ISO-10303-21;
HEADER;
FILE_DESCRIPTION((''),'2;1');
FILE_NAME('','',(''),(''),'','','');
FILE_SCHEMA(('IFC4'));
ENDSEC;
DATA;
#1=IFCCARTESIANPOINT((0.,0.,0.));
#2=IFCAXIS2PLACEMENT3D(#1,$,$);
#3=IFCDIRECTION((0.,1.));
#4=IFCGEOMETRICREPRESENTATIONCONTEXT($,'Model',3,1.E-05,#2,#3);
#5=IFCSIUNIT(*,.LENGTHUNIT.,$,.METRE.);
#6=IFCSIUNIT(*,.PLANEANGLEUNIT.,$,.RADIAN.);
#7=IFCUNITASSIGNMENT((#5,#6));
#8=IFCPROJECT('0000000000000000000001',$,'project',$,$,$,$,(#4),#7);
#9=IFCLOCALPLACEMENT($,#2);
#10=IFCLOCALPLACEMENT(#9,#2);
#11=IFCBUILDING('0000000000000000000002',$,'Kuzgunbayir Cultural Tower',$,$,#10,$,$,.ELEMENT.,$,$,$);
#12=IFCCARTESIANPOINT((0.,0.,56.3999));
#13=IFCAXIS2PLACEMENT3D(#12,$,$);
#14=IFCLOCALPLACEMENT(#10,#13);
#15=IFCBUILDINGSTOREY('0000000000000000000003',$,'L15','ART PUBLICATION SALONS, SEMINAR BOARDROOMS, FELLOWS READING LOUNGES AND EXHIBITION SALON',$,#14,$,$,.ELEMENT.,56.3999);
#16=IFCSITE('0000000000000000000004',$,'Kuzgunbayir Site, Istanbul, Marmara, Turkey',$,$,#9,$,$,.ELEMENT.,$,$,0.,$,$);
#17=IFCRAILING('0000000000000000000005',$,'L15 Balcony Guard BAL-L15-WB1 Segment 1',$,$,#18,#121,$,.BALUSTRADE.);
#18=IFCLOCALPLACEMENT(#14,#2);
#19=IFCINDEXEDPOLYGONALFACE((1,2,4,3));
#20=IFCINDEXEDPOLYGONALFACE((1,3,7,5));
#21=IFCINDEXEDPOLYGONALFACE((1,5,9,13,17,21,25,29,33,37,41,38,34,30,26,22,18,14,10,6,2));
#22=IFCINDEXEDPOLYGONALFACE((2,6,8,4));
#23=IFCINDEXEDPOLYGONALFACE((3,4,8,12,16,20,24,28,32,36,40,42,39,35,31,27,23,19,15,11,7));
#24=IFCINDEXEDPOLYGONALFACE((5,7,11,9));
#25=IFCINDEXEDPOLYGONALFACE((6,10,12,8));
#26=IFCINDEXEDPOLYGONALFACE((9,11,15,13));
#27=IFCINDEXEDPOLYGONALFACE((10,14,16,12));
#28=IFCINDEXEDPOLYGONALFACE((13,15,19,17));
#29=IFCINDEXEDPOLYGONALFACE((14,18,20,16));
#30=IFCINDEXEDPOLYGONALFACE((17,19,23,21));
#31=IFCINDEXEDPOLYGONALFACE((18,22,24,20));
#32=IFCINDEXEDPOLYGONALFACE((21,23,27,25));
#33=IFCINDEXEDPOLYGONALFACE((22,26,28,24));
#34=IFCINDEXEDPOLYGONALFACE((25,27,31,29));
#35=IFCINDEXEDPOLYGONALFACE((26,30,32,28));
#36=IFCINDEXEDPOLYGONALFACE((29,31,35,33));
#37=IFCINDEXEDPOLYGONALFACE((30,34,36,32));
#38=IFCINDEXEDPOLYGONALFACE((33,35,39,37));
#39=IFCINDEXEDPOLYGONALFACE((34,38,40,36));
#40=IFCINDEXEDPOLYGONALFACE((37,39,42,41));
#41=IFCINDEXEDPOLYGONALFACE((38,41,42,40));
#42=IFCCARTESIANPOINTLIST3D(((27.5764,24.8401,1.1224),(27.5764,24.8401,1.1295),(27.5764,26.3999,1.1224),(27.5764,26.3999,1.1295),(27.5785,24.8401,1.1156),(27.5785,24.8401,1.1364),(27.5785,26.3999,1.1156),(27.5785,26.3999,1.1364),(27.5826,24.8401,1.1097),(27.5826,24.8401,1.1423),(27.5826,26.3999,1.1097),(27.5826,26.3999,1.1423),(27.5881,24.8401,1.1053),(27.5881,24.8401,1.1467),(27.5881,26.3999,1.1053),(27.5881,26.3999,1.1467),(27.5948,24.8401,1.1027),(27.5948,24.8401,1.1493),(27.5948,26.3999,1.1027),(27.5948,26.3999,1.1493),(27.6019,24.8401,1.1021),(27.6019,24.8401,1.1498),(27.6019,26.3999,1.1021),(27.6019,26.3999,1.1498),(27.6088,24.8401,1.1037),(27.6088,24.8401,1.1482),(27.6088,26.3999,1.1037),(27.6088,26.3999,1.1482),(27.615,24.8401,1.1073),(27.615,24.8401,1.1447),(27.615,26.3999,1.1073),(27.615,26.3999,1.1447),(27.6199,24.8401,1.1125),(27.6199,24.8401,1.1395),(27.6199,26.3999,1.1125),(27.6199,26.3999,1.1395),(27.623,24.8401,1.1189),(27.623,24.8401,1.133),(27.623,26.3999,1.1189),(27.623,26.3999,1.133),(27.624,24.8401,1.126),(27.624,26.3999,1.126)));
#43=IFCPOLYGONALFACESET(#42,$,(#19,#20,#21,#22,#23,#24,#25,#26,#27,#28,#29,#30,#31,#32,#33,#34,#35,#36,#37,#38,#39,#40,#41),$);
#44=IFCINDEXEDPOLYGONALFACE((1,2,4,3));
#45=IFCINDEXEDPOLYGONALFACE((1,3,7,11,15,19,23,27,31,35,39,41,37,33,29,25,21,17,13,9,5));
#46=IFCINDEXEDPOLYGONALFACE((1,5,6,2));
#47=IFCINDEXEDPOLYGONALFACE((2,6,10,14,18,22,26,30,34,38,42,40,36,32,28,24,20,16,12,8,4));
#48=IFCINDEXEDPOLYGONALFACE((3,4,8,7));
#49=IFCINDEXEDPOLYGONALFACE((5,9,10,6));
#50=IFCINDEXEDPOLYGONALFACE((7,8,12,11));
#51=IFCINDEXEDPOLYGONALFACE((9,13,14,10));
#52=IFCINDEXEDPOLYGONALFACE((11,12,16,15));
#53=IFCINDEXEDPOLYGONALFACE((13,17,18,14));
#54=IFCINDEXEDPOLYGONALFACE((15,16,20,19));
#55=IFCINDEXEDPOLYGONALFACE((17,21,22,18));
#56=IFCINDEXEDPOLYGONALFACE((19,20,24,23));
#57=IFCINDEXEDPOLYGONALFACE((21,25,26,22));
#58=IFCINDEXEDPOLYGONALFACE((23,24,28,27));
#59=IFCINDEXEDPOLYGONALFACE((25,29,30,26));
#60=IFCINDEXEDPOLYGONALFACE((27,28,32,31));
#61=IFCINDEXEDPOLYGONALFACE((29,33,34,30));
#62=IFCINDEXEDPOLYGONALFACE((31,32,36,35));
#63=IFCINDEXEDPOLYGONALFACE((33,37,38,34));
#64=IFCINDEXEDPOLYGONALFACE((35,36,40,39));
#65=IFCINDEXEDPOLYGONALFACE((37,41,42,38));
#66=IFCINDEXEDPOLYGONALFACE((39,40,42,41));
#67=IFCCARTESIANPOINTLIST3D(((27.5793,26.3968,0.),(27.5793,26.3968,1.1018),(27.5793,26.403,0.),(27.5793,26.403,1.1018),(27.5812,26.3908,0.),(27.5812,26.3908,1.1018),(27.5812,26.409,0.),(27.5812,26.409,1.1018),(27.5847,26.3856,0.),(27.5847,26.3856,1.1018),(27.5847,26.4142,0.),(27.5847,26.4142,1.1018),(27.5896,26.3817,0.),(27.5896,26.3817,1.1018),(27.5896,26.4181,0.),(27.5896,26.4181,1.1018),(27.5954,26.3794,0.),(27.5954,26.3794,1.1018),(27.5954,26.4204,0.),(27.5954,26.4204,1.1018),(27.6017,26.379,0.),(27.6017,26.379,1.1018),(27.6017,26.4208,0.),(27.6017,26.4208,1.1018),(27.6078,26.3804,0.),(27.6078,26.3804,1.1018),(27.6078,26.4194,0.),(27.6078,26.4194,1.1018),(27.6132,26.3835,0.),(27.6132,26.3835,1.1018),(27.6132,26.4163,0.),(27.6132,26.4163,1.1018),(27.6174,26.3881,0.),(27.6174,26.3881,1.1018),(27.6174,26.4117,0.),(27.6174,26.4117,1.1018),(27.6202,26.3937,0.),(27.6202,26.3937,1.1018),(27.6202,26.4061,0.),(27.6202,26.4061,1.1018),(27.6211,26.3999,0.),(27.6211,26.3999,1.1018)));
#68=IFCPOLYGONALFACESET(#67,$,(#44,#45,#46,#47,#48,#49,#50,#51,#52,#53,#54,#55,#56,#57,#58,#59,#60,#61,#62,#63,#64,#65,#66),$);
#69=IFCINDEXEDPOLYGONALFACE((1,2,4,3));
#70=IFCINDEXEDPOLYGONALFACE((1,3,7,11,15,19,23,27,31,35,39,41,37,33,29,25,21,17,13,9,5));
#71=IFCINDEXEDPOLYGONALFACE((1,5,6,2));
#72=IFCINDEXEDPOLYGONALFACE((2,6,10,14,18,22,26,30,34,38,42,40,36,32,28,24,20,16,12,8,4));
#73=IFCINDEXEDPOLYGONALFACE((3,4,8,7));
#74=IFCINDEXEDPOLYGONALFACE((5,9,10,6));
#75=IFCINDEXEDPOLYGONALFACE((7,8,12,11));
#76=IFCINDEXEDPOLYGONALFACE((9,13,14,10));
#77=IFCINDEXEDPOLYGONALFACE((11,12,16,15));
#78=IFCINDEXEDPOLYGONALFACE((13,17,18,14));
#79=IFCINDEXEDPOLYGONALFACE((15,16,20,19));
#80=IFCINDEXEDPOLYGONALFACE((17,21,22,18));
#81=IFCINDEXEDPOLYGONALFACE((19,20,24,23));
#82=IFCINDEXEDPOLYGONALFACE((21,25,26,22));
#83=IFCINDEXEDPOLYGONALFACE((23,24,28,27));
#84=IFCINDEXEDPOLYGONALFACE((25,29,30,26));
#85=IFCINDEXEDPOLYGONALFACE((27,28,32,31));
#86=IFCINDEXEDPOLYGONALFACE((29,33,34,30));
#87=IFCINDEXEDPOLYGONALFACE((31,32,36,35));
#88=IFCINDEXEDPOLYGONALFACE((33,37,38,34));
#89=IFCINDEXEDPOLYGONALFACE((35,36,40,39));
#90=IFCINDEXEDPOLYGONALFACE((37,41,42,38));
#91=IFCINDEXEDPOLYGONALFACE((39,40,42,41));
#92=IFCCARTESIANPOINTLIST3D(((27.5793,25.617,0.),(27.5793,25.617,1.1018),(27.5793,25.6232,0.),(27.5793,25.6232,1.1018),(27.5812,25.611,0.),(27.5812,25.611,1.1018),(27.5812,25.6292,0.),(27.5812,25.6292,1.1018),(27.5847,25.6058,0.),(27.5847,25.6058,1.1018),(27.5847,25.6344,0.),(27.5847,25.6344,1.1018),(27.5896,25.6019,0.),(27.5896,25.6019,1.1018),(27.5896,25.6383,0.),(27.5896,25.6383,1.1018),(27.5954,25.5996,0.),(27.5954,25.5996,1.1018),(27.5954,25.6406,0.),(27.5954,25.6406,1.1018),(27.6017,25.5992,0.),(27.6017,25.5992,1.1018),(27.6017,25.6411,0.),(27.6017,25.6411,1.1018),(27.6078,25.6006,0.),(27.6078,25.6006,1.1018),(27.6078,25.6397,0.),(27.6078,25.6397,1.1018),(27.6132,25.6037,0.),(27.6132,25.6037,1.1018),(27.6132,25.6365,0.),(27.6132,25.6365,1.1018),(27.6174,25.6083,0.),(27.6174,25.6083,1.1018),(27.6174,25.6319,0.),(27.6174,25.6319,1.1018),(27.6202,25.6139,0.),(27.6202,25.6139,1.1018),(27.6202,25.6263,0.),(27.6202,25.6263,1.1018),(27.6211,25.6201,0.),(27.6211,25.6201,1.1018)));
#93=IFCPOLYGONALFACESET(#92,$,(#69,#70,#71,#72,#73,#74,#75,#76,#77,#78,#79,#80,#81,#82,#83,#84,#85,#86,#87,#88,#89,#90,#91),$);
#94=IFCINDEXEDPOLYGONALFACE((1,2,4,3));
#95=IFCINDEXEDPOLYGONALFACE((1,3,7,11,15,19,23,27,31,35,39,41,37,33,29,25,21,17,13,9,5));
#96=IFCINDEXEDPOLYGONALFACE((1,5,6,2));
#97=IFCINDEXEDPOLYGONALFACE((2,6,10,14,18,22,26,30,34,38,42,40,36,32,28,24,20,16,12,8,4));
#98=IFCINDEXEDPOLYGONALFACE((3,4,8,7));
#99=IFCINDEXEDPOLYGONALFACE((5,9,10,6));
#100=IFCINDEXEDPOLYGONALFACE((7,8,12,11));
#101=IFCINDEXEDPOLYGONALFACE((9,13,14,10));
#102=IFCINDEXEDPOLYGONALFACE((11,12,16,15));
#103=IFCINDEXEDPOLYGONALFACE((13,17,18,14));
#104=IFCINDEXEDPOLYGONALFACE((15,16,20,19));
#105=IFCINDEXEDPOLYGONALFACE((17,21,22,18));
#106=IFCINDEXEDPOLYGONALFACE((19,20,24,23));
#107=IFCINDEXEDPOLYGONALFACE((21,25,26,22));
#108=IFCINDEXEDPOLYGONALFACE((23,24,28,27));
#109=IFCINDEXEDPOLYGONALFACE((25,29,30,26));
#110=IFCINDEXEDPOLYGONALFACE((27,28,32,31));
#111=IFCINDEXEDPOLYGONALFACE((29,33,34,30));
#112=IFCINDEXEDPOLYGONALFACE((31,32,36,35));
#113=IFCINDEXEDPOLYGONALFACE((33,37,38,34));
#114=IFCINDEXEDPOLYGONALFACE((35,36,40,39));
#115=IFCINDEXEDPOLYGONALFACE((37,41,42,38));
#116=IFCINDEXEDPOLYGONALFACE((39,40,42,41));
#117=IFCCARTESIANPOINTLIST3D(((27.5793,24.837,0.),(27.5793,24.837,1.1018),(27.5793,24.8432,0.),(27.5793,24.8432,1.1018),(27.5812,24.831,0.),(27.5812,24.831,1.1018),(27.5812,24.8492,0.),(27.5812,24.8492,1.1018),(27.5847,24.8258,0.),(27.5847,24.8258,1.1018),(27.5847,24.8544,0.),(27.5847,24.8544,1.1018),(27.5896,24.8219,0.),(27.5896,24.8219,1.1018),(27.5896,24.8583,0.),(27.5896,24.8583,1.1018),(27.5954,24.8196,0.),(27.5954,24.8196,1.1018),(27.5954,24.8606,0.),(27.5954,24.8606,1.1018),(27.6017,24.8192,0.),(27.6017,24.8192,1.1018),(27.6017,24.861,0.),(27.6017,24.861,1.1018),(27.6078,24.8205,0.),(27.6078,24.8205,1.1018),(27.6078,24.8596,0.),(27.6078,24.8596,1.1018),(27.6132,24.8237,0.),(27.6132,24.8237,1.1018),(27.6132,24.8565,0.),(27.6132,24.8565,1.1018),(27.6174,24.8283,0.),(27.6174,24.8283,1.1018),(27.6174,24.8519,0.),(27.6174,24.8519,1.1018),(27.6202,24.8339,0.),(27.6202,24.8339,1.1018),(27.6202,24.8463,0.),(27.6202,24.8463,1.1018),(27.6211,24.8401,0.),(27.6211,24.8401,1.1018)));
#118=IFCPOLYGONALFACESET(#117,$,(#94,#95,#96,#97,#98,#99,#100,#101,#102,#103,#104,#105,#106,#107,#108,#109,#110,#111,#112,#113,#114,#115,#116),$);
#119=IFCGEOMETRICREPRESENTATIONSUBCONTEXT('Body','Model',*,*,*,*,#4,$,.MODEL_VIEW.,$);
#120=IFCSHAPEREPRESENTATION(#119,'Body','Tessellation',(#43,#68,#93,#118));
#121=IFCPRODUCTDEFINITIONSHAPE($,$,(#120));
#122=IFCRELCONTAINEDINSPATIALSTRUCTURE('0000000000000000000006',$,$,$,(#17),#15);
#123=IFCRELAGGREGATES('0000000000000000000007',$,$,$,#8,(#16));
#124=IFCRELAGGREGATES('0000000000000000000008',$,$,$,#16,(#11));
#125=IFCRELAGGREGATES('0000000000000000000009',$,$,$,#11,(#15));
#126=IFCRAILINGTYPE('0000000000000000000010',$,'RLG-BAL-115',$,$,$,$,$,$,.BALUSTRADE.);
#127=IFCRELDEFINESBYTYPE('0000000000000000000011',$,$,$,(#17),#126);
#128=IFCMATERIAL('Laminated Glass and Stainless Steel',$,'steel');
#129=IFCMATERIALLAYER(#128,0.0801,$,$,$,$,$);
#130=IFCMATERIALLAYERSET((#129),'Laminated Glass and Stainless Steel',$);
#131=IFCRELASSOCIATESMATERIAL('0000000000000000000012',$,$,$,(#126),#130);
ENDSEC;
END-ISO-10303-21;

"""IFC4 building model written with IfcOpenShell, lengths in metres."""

from ifc_helpers import new_model, si_unit, direction, frame, origin, origin_2d, place, context, subcontext, project, spatial, circle, extrude, material, layer, layer_set, type_object, element, save


model = new_model("IFC4")

# Units and contexts
model_context = context("Model", 3, precision=1e-05, world=origin(), true_north=direction((0.0, 1.0)))
body_context = subcontext(model_context, "Body", "Model", "MODEL_VIEW")
ifc_project = project(units=[si_unit("LENGTHUNIT", "METRE"), si_unit("PLANEANGLEUNIT", "RADIAN")], contexts=[model_context])

# Site, building, storey
site_placement = place(None, origin())
site = spatial("IfcSite", under=ifc_project, at=site_placement, Name="Kuzgunbayir Site, Istanbul, Marmara, Turkey", CompositionType="ELEMENT", RefElevation=0.0)
building_placement = place(site_placement, origin())
building = spatial("IfcBuilding", under=site, at=building_placement, Name="Kuzgunbayir Cultural Tower", CompositionType="ELEMENT")
storey_placement = place(building_placement, frame((0.0, 0.0, 56.3999)))
storey = spatial("IfcBuildingStorey", under=building, at=storey_placement, Name="L15", Description="ART PUBLICATION SALONS, SEMINAR BOARDROOMS, FELLOWS READING LOUNGES AND EXHIBITION SALON", CompositionType="ELEMENT", Elevation=56.3999)

# Railing
ifc_material_1 = material(Name="Laminated Glass and Stainless Steel", Category="steel")
ifc_layer_1 = layer(ifc_material_1, 0.0801)
ifc_layer_set_1 = layer_set([ifc_layer_1], Name="Laminated Glass and Stainless Steel")
railing_type = type_object("IfcRailingType", Name="RLG-BAL-115", PredefinedType="BALUSTRADE", material=ifc_layer_set_1)
railing_1_placement = place(storey_placement, frame((27.6001, 26.3999, 0.0)))
element("IfcRailing", 1, at=railing_1_placement, inside=storey, type_object=railing_type, Name="L15 Balcony Guard BAL-L15-WB1 Segment 1", PredefinedType="BALUSTRADE", context=body_context, shape_type="SweptSolid", body=[
    extrude(circle(Radius=0.0239, at=origin_2d()), frame((0.0, 0.0, 1.126), z_axis=(0.0, -1.0, 0.0), x_axis=(1.0, 0.0, 0.0)), (0.0, 0.0, 1.0), 1.5598),
    extrude(circle(Radius=0.021, at=origin_2d()), origin(), (0.0, 0.0, 1.0), 1.1018),
    extrude(circle(Radius=0.021, at=origin_2d()), frame((0.0, -0.7798, 0.0)), (0.0, 0.0, 1.0), 1.1018),
    extrude(circle(Radius=0.021, at=origin_2d()), frame((0.0, -1.5598, 0.0)), (0.0, 0.0, 1.0), 1.1018),
])

save(model, "model.ifc")
